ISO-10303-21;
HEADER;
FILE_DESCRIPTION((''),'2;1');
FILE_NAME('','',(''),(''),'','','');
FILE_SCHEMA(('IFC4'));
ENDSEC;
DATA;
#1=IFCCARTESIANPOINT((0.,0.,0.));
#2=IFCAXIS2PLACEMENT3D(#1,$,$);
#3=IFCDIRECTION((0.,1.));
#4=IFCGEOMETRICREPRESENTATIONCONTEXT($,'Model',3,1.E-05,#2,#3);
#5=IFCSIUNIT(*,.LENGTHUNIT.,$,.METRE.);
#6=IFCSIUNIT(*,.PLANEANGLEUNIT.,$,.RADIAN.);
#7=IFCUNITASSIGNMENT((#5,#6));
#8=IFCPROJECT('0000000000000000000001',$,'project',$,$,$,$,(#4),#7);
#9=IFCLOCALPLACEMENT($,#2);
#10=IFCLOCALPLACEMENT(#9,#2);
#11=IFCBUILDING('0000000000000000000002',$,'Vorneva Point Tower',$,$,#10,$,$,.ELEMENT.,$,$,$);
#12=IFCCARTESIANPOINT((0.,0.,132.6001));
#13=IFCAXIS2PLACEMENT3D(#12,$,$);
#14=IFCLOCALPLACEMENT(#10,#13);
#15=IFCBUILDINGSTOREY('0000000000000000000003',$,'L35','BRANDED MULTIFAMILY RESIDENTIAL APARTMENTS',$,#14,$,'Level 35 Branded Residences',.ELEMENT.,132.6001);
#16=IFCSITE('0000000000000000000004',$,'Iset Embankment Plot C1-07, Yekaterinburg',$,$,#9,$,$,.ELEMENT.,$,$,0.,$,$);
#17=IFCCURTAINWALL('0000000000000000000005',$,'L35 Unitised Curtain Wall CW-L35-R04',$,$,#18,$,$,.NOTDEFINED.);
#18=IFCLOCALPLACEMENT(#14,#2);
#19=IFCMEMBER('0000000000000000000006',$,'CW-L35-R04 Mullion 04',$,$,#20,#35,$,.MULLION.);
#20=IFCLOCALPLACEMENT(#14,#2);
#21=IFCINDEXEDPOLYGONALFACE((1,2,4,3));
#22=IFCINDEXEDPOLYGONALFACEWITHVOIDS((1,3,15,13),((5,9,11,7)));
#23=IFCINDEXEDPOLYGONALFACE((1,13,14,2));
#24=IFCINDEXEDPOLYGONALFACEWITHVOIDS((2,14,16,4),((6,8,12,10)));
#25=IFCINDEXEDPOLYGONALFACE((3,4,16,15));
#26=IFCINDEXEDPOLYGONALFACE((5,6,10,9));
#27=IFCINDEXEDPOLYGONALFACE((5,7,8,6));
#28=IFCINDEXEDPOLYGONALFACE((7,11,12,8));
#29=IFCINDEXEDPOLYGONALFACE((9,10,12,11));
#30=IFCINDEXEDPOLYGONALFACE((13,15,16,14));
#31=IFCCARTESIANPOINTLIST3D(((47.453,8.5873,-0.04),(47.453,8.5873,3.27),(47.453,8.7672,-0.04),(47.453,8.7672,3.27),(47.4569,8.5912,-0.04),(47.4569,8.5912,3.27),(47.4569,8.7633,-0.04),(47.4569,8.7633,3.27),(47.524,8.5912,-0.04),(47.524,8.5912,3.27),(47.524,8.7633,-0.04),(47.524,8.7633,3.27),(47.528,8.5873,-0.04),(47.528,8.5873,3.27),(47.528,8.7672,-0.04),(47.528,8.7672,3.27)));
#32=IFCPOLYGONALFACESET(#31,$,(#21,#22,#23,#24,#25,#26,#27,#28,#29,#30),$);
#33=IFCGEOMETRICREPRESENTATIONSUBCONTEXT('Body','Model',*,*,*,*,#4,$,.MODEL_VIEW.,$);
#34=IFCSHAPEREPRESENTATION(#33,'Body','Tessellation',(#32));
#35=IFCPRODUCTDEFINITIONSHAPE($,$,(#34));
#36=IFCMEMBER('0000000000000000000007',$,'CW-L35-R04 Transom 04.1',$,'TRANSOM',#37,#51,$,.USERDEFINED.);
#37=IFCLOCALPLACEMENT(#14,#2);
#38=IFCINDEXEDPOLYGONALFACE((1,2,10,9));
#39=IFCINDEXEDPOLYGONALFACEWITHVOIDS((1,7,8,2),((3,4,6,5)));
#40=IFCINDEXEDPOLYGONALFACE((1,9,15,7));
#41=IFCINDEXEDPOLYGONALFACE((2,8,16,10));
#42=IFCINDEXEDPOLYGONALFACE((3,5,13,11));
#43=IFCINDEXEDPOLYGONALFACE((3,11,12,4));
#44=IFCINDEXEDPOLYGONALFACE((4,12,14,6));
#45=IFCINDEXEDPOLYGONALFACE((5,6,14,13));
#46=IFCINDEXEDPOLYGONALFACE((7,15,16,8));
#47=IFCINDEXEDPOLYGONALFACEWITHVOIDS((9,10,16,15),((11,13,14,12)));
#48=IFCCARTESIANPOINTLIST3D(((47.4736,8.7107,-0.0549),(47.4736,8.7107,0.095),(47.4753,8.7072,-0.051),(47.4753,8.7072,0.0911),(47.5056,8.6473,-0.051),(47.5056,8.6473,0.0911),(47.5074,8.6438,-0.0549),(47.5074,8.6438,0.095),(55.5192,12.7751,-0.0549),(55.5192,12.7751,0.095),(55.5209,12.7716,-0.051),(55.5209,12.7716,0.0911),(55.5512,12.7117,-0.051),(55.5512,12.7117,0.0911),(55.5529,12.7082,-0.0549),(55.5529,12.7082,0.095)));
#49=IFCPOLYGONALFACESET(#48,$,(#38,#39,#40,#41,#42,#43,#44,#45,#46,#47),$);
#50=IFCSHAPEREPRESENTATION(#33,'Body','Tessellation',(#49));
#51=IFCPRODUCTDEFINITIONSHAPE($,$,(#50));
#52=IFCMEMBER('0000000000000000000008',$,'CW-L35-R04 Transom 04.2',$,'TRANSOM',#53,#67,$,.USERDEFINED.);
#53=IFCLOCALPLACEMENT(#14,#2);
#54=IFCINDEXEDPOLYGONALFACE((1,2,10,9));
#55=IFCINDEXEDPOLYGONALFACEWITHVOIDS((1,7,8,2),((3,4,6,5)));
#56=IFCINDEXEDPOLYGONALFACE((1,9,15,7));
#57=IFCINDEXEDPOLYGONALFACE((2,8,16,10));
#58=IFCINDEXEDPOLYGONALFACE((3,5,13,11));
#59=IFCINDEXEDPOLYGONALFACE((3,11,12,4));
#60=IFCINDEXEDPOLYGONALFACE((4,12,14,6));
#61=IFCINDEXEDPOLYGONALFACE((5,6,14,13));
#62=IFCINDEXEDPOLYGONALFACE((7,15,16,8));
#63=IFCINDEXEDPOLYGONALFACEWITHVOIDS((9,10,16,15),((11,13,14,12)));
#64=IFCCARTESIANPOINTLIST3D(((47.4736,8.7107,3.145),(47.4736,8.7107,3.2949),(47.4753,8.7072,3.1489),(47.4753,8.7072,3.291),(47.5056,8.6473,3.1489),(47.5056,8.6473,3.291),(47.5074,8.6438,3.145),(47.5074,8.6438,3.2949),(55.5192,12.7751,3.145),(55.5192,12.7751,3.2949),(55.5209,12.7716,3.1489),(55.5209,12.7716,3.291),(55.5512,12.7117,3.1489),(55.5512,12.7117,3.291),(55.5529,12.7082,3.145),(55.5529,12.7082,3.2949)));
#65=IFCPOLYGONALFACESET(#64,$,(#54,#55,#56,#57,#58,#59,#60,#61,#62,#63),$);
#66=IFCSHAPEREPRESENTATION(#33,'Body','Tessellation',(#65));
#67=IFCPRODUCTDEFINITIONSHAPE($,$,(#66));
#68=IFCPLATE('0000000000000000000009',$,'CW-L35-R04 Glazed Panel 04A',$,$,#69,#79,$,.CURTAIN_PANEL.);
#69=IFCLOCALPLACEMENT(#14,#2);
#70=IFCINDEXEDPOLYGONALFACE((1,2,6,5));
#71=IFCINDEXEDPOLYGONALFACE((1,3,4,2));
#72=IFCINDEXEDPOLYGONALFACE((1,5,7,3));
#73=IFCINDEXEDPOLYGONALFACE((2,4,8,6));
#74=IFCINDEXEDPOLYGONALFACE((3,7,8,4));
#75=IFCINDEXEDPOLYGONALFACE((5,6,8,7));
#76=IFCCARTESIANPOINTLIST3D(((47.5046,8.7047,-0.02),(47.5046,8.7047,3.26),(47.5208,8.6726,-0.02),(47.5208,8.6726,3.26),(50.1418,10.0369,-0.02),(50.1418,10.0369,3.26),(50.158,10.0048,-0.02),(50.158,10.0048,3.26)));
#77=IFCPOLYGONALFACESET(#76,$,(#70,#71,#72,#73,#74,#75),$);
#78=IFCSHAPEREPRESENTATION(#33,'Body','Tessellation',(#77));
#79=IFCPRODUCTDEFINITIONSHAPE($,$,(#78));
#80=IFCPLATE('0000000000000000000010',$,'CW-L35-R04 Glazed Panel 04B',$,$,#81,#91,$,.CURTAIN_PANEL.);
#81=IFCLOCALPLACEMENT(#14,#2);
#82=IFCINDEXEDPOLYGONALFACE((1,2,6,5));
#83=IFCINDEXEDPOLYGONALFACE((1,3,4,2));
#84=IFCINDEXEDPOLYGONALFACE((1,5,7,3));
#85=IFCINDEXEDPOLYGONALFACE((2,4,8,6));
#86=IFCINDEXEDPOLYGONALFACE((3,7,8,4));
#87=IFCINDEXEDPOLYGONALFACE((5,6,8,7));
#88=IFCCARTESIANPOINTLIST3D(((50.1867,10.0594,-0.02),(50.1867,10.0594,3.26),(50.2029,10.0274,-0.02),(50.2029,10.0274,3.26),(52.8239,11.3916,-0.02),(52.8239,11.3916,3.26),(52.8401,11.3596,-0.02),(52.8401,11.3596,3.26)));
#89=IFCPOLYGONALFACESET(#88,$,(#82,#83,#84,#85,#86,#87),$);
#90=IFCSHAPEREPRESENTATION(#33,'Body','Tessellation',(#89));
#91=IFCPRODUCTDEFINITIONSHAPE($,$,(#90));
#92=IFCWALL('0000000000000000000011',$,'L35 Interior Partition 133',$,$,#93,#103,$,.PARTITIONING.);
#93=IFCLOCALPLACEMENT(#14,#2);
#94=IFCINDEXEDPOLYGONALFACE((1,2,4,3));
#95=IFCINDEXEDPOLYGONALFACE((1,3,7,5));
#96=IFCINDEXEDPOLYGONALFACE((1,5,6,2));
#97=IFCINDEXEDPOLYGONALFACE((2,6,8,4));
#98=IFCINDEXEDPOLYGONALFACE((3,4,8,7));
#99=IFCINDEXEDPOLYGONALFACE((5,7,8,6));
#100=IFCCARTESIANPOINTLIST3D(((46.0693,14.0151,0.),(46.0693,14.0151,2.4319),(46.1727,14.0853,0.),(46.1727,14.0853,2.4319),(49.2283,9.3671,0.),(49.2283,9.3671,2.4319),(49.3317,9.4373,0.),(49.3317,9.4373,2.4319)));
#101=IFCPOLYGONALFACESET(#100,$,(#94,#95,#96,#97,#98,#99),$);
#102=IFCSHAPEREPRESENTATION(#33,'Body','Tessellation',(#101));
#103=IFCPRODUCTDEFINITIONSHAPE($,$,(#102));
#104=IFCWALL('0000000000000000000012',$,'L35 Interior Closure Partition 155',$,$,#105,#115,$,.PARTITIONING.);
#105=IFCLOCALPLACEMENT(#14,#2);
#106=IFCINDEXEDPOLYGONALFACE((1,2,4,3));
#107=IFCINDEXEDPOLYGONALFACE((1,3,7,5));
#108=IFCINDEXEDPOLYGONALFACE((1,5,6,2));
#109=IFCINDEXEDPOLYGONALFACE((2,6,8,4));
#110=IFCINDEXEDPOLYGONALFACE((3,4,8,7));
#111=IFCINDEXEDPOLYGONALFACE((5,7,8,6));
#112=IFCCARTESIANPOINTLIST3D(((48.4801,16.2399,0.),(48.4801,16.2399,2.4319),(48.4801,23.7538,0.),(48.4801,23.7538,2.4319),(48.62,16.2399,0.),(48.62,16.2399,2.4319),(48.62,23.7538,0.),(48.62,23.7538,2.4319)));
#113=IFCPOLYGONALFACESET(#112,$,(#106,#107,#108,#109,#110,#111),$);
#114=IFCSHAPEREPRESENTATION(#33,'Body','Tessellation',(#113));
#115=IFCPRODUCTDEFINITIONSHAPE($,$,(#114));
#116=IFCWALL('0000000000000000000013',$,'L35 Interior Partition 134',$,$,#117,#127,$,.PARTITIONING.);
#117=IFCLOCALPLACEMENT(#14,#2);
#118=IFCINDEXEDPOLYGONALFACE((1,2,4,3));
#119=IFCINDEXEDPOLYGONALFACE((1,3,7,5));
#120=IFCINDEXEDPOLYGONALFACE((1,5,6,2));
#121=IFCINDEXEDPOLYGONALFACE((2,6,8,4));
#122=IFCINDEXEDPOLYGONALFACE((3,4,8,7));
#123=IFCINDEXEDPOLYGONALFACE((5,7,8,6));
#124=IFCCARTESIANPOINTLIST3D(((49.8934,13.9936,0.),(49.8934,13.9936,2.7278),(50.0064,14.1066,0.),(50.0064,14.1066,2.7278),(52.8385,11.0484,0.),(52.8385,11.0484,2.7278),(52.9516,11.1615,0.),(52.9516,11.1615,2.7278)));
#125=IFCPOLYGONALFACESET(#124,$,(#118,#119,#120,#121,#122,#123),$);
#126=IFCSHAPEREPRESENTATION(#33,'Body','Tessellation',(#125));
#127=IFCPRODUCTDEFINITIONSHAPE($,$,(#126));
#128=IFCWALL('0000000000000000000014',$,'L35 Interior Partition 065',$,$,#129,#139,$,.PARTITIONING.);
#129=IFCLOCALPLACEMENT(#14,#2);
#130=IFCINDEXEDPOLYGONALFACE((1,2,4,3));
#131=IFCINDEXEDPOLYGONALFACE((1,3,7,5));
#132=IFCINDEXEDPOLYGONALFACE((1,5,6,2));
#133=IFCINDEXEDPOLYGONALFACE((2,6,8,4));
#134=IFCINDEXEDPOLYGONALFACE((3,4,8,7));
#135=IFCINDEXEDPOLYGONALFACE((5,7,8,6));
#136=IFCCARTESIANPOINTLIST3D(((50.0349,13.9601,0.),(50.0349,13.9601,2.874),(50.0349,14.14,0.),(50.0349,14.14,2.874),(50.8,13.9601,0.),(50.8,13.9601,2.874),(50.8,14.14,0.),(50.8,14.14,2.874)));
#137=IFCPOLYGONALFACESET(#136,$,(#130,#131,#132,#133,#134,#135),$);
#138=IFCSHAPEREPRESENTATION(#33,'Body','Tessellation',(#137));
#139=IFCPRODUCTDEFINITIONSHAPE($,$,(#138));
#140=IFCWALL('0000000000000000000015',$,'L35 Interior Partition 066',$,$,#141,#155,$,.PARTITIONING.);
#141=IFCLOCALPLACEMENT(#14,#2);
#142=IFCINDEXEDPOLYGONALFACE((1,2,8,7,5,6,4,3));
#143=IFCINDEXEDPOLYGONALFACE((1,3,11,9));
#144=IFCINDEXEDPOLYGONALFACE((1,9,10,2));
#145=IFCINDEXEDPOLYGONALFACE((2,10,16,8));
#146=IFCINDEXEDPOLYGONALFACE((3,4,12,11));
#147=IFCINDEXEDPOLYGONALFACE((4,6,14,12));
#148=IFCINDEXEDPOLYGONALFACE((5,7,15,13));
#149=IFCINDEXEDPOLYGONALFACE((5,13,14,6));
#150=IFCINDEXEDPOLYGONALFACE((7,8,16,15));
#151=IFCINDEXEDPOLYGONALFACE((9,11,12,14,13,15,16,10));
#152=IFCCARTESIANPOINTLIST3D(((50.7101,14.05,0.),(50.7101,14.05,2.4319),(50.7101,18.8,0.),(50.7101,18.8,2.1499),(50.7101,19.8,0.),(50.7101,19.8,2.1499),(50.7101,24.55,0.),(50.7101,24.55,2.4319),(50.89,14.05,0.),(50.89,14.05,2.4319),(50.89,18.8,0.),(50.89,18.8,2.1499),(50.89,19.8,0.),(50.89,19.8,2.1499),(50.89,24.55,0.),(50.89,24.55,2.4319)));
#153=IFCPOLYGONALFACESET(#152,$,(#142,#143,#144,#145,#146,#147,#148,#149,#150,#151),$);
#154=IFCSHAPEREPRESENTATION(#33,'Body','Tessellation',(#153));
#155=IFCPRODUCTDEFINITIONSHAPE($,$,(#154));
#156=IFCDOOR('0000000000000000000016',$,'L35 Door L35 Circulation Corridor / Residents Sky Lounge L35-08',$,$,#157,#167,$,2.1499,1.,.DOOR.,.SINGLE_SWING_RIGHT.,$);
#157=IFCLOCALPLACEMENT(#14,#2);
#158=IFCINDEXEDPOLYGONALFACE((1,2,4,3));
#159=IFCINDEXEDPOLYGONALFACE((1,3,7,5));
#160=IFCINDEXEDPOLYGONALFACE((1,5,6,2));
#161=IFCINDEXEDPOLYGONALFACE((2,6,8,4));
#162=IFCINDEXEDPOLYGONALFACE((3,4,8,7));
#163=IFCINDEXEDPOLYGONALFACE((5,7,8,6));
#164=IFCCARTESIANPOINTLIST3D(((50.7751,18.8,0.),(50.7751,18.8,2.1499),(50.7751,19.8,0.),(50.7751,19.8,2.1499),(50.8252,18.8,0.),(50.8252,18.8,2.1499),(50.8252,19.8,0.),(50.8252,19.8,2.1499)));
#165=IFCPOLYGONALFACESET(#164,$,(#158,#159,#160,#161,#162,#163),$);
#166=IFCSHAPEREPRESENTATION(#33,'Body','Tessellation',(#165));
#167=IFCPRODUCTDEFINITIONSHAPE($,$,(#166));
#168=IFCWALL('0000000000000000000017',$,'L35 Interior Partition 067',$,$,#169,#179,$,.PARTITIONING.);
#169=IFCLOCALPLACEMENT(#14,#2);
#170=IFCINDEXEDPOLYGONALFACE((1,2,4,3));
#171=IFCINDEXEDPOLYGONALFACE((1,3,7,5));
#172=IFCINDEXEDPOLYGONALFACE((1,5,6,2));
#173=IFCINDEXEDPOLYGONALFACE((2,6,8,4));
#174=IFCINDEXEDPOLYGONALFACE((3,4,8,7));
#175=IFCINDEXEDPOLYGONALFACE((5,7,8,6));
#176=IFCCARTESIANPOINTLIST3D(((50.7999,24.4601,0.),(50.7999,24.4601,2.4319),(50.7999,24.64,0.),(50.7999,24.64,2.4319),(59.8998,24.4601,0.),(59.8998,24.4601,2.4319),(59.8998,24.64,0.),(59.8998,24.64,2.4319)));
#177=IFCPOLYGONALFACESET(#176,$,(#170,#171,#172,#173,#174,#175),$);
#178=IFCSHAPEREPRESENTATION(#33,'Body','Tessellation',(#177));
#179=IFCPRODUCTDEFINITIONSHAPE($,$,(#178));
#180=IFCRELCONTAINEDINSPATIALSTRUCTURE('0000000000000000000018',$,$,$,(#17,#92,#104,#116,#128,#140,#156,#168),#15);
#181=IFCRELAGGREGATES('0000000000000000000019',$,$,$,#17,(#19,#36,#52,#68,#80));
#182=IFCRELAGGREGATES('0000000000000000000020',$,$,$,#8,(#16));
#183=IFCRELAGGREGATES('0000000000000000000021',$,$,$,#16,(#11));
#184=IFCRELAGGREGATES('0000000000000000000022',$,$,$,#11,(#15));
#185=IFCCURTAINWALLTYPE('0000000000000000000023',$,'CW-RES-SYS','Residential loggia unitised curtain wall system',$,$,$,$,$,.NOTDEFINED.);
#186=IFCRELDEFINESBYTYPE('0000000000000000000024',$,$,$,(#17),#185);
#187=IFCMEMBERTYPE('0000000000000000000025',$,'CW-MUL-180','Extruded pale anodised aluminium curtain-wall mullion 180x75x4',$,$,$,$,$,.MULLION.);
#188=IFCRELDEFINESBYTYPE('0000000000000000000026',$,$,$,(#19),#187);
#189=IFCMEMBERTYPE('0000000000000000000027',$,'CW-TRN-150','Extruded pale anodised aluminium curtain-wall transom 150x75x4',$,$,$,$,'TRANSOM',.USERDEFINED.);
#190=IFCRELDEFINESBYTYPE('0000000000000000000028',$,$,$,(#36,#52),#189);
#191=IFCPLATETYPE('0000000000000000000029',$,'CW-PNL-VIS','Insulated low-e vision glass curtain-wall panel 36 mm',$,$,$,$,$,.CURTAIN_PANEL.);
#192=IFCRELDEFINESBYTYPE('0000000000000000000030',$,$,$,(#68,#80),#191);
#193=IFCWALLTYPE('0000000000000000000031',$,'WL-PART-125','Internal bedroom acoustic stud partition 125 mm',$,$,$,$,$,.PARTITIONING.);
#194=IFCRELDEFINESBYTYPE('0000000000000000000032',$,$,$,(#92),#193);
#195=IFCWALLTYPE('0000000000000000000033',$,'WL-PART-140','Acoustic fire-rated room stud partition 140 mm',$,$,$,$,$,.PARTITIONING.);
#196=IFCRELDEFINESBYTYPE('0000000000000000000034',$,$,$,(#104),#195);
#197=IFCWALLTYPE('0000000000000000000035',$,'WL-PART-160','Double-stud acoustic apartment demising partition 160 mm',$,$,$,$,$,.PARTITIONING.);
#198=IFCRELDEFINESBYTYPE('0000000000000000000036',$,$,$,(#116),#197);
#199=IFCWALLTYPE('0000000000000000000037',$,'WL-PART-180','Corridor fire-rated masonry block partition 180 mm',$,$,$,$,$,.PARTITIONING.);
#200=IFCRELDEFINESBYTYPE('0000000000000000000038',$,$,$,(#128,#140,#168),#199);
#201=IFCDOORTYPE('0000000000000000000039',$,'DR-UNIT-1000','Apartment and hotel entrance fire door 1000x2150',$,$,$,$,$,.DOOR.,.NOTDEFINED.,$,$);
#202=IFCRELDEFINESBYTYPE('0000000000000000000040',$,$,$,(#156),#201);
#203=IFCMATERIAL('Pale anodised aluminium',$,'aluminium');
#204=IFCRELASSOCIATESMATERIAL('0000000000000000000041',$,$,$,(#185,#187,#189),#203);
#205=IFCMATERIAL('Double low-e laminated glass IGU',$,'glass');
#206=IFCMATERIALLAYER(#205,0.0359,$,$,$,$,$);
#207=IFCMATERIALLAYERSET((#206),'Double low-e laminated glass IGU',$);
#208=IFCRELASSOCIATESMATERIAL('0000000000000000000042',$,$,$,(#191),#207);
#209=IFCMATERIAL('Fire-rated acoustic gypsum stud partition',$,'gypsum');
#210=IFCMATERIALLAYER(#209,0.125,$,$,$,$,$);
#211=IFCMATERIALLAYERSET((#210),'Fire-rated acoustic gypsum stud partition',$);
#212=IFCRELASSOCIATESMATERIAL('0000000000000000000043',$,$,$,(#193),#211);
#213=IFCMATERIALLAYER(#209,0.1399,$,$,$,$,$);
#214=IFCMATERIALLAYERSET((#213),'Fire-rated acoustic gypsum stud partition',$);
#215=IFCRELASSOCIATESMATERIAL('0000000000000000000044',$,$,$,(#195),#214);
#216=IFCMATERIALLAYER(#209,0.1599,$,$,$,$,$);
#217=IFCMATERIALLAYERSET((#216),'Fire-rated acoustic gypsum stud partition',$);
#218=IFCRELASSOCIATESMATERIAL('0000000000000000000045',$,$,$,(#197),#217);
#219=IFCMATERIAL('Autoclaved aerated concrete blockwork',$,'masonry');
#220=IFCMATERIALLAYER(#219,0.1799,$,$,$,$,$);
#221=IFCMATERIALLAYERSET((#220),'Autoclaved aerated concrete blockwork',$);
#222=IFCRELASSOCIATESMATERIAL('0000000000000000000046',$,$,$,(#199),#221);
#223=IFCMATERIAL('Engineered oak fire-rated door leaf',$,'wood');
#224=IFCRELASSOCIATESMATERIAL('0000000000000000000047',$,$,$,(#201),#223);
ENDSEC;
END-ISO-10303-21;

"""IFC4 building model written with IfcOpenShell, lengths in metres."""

from ifc_helpers import new_model, si_unit, direction, frame, frame_2d, origin, origin_2d, place, context, subcontext, project, spatial, rectangle, hollow_rectangle, extrude, material, layer, layer_set, material_profile, profile_set, type_object, element, fill, aggregate, save


model = new_model("IFC4")

# Units and contexts
model_context = context("Model", 3, precision=1e-05, world=origin(), true_north=direction((0.0, 1.0)))
body_context = subcontext(model_context, "Body", "Model", "MODEL_VIEW")
ifc_project = project(units=[si_unit("LENGTHUNIT", "METRE"), si_unit("PLANEANGLEUNIT", "RADIAN")], contexts=[model_context])

# Site, building, storey
site_placement = place(None, origin())
site = spatial("IfcSite", under=ifc_project, at=site_placement, Name="Iset Embankment Plot C1-07, Yekaterinburg", CompositionType="ELEMENT", RefElevation=0.0)
building_placement = place(site_placement, origin())
building = spatial("IfcBuilding", under=site, at=building_placement, Name="Vorneva Point Tower", CompositionType="ELEMENT")
storey_placement = place(building_placement, frame((0.0, 0.0, 132.6001)))
storey = spatial("IfcBuildingStorey", under=building, at=storey_placement, Name="L35", Description="BRANDED MULTIFAMILY RESIDENTIAL APARTMENTS", LongName="Level 35 Branded Residences", CompositionType="ELEMENT", Elevation=132.6001)

# Curtain wall, members, plates
ifc_material_1 = material(Name="Pale anodised aluminium", Category="aluminium")
curtain_wall_type = type_object("IfcCurtainWallType", Name="CW-RES-SYS", Description="Residential loggia unitised curtain wall system", PredefinedType="NOTDEFINED", material=ifc_material_1)
curtain_wall_placement = place(storey_placement, origin())
curtain_wall = element("IfcCurtainWall", 1, at=curtain_wall_placement, inside=storey, type_object=curtain_wall_type, Name="L35 Unitised Curtain Wall CW-L35-R04", PredefinedType="NOTDEFINED")
ifc_material_profile_1 = material_profile(ifc_material_1, hollow_rectangle(XDim=0.075, YDim=0.1799, WallThickness=0.0039, at=origin_2d()), Name="AL-MUL 180x75x4")
ifc_profile_set_1 = profile_set([ifc_material_profile_1], Name="Pale anodised aluminium")
member_type_1 = type_object("IfcMemberType", Name="CW-MUL-180", Description="Extruded pale anodised aluminium curtain-wall mullion 180x75x4", PredefinedType="MULLION", material=ifc_profile_set_1)
member_1_placement = place(storey_placement, frame((47.4905, 8.6772, -0.04), z_axis=(0.0, 0.0, 1.0), x_axis=(1.0, 0.0, 0.0)))
member_1 = element("IfcMember", 2, at=member_1_placement, type_object=member_type_1, Name="CW-L35-R04 Mullion 04", PredefinedType="MULLION", context=body_context, shape_type="SweptSolid", body=[
    extrude(hollow_rectangle(XDim=0.075, YDim=0.1799, WallThickness=0.0039, at=origin_2d()), origin(), (0.0, 0.0, 1.0), 3.3101),
])
ifc_material_profile_2 = material_profile(ifc_material_1, hollow_rectangle(XDim=0.075, YDim=0.1499, WallThickness=0.0039, at=origin_2d()), Name="AL-TRN 150x75x4")
ifc_profile_set_2 = profile_set([ifc_material_profile_2], Name="Pale anodised aluminium")
member_type_2 = type_object("IfcMemberType", Name="CW-TRN-150", Description="Extruded pale anodised aluminium curtain-wall transom 150x75x4", ElementType="TRANSOM", PredefinedType="USERDEFINED", material=ifc_profile_set_2)
member_2_placement = place(storey_placement, frame((47.4905, 8.6772, 0.02), z_axis=(0.892572, 0.450904, 0.0), x_axis=(-0.450904, 0.892572, 0.0)))
member_2 = element("IfcMember", 3, at=member_2_placement, type_object=member_type_2, Name="CW-L35-R04 Transom 04.1", ObjectType="TRANSOM", PredefinedType="USERDEFINED", context=body_context, shape_type="SweptSolid", body=[
    extrude(hollow_rectangle(XDim=0.075, YDim=0.1499, WallThickness=0.0039, at=origin_2d()), origin(), (0.0, 0.0, 1.0), 9.0139),
])
member_3_placement = place(storey_placement, frame((47.4905, 8.6772, 3.22), z_axis=(0.892572, 0.450904, 0.0), x_axis=(-0.450904, 0.892572, 0.0)))
member_3 = element("IfcMember", 4, at=member_3_placement, type_object=member_type_2, Name="CW-L35-R04 Transom 04.2", ObjectType="TRANSOM", PredefinedType="USERDEFINED", context=body_context, shape_type="SweptSolid", body=[
    extrude(hollow_rectangle(XDim=0.075, YDim=0.1499, WallThickness=0.0039, at=origin_2d()), origin(), (0.0, 0.0, 1.0), 9.0139),
])
ifc_material_2 = material(Name="Double low-e laminated glass IGU", Category="glass")
ifc_layer_1 = layer(ifc_material_2, 0.0359)
ifc_layer_set_1 = layer_set([ifc_layer_1], Name="Double low-e laminated glass IGU")
plate_type = type_object("IfcPlateType", Name="CW-PNL-VIS", Description="Insulated low-e vision glass curtain-wall panel 36 mm", PredefinedType="CURTAIN_PANEL", material=ifc_layer_set_1)
plate_1_placement = place(storey_placement, frame((48.8313, 9.3547, -0.02), z_axis=(0.0, 0.0, 1.0), x_axis=(0.892578, 0.450893, 0.0)))
plate_1 = element("IfcPlate", 5, at=plate_1_placement, type_object=plate_type, Name="CW-L35-R04 Glazed Panel 04A", PredefinedType="CURTAIN_PANEL", context=body_context, shape_type="SweptSolid", body=[
    extrude(rectangle(XDim=2.9546, YDim=0.0359, at=origin_2d()), origin(), (0.0, 0.0, 1.0), 3.28),
])
plate_2_placement = place(storey_placement, frame((51.5134, 10.7095, -0.02), z_axis=(0.0, 0.0, 1.0), x_axis=(0.892578, 0.450893, 0.0)))
plate_2 = element("IfcPlate", 6, at=plate_2_placement, type_object=plate_type, Name="CW-L35-R04 Glazed Panel 04B", PredefinedType="CURTAIN_PANEL", context=body_context, shape_type="SweptSolid", body=[
    extrude(rectangle(XDim=2.9546, YDim=0.0359, at=origin_2d()), origin(), (0.0, 0.0, 1.0), 3.28),
])
aggregate(curtain_wall, [member_1, member_2, member_3, plate_1, plate_2])

# Walls
ifc_material_3 = material(Name="Fire-rated acoustic gypsum stud partition", Category="gypsum")
ifc_layer_2 = layer(ifc_material_3, 0.125)
ifc_layer_set_2 = layer_set([ifc_layer_2], Name="Fire-rated acoustic gypsum stud partition")
wall_type_1 = type_object("IfcWallType", Name="WL-PART-125", Description="Internal bedroom acoustic stud partition 125 mm", PredefinedType="PARTITIONING", material=ifc_layer_set_2)
wall_1_placement = place(storey_placement, frame((49.28, 9.4021, 0.0), z_axis=(0.0, 0.0, 1.0), x_axis=(-0.562107, 0.827065, 0.0)))
element("IfcWall", 7, at=wall_1_placement, inside=storey, type_object=wall_type_1, Name="L35 Interior Partition 133", PredefinedType="PARTITIONING", context=body_context, shape_type="SweptSolid", body=[
    extrude(rectangle(XDim=5.6199, YDim=0.125, at=frame_2d((2.8101, 0.0))), origin(), (0.0, 0.0, 1.0), 2.4319),
])
ifc_layer_3 = layer(ifc_material_3, 0.1399)
ifc_layer_set_3 = layer_set([ifc_layer_3], Name="Fire-rated acoustic gypsum stud partition")
wall_type_2 = type_object("IfcWallType", Name="WL-PART-140", Description="Acoustic fire-rated room stud partition 140 mm", PredefinedType="PARTITIONING", material=ifc_layer_set_3)
wall_2_placement = place(storey_placement, frame((48.55, 16.24, 0.0), z_axis=(0.0, 0.0, 1.0), x_axis=(0.0, 1.0, 0.0)))
element("IfcWall", 8, at=wall_2_placement, inside=storey, type_object=wall_type_2, Name="L35 Interior Closure Partition 155", PredefinedType="PARTITIONING", context=body_context, shape_type="SweptSolid", body=[
    extrude(rectangle(XDim=7.5139, YDim=0.1399, at=frame_2d((3.7568, 0.0))), origin(), (0.0, 0.0, 1.0), 2.4319),
])
ifc_layer_4 = layer(ifc_material_3, 0.1599)
ifc_layer_set_4 = layer_set([ifc_layer_4], Name="Fire-rated acoustic gypsum stud partition")
wall_type_3 = type_object("IfcWallType", Name="WL-PART-160", Description="Double-stud acoustic apartment demising partition 160 mm", PredefinedType="PARTITIONING", material=ifc_layer_set_4)
wall_3_placement = place(storey_placement, frame((52.895, 11.105, 0.0), z_axis=(0.0, 0.0, 1.0), x_axis=(-0.707107, 0.707107, 0.0)))
element("IfcWall", 9, at=wall_3_placement, inside=storey, type_object=wall_type_3, Name="L35 Interior Partition 134", PredefinedType="PARTITIONING", context=body_context, shape_type="SweptSolid", body=[
    extrude(rectangle(XDim=4.165, YDim=0.1599, at=frame_2d((2.0825, 0.0))), origin(), (0.0, 0.0, 1.0), 2.7278),
])

# Shared definitions
ifc_material_4 = material(Name="Autoclaved aerated concrete blockwork", Category="masonry")
ifc_layer_5 = layer(ifc_material_4, 0.1799)
ifc_layer_set_5 = layer_set([ifc_layer_5], Name="Autoclaved aerated concrete blockwork")
wall_type_4 = type_object("IfcWallType", Name="WL-PART-180", Description="Corridor fire-rated masonry block partition 180 mm", PredefinedType="PARTITIONING", material=ifc_layer_set_5)

# Wall
wall_4_placement = place(storey_placement, frame((50.0349, 14.05, 0.0), z_axis=(0.0, 0.0, 1.0), x_axis=(1.0, 0.0, 0.0)))
element("IfcWall", 10, at=wall_4_placement, inside=storey, type_object=wall_type_4, Name="L35 Interior Partition 065", PredefinedType="PARTITIONING", context=body_context, shape_type="SweptSolid", body=[
    extrude(rectangle(XDim=0.7651, YDim=0.1799, at=frame_2d((0.3826, 0.0))), origin(), (0.0, 0.0, 1.0), 2.874),
])

# Wall, opening, door
wall_5_placement = place(storey_placement, frame((50.8, 14.05, 0.0), z_axis=(0.0, 0.0, 1.0), x_axis=(0.0, 1.0, 0.0)))
wall_5 = element("IfcWall", 11, at=wall_5_placement, inside=storey, type_object=wall_type_4, Name="L35 Interior Partition 066", PredefinedType="PARTITIONING", context=body_context, shape_type="SweptSolid", body=[
    extrude(rectangle(XDim=10.5, YDim=0.1799, at=frame_2d((5.25, 0.0))), origin(), (0.0, 0.0, 1.0), 2.4319),
])
opening_1_placement = place(wall_5_placement, frame((4.75, 0.0, 0.0)))
opening_1 = element("IfcOpeningElement", 12, at=opening_1_placement, cuts=wall_5, PredefinedType="OPENING", context=body_context, shape_type="SweptSolid", body=[
    extrude(rectangle(XDim=1.0, YDim=2.1499, at=frame_2d((0.5, 1.075))), frame((0.0, 0.105, 0.0), z_axis=(0.0, -1.0, 0.0), x_axis=(1.0, 0.0, 0.0)), (0.0, 0.0, 1.0), 0.2097),
])
ifc_material_5 = material(Name="Engineered oak fire-rated door leaf", Category="wood")
door_type_1 = type_object("IfcDoorType", Name="DR-UNIT-1000", Description="Apartment and hotel entrance fire door 1000x2150", OperationType="NOTDEFINED", PredefinedType="DOOR", material=ifc_material_5)
door_1_placement = place(opening_1_placement, origin())
door_1 = element("IfcDoor", 13, at=door_1_placement, inside=storey, type_object=door_type_1, Name="L35 Door L35 Circulation Corridor / Residents Sky Lounge L35-08", OperationType="SINGLE_SWING_RIGHT", OverallHeight=2.1499, OverallWidth=1.0, PredefinedType="DOOR", context=body_context, shape_type="SweptSolid", body=[
    extrude(rectangle(XDim=1.0, YDim=2.1499, at=frame_2d((0.5, 1.075))), frame((0.0, 0.0249, 0.0), z_axis=(0.0, -1.0, 0.0), x_axis=(1.0, 0.0, 0.0)), (0.0, 0.0, 1.0), 0.05),
])
fill(opening_1, door_1)

# Wall
wall_6_placement = place(storey_placement, frame((50.8, 24.55, 0.0), z_axis=(0.0, 0.0, 1.0), x_axis=(1.0, 0.0, 0.0)))
element("IfcWall", 14, at=wall_6_placement, inside=storey, type_object=wall_type_4, Name="L35 Interior Partition 067", PredefinedType="PARTITIONING", context=body_context, shape_type="SweptSolid", body=[
    extrude(rectangle(XDim=9.0999, YDim=0.1799, at=frame_2d((4.5498, 0.0))), origin(), (0.0, 0.0, 1.0), 2.4319),
])

save(model, "model.ifc")
